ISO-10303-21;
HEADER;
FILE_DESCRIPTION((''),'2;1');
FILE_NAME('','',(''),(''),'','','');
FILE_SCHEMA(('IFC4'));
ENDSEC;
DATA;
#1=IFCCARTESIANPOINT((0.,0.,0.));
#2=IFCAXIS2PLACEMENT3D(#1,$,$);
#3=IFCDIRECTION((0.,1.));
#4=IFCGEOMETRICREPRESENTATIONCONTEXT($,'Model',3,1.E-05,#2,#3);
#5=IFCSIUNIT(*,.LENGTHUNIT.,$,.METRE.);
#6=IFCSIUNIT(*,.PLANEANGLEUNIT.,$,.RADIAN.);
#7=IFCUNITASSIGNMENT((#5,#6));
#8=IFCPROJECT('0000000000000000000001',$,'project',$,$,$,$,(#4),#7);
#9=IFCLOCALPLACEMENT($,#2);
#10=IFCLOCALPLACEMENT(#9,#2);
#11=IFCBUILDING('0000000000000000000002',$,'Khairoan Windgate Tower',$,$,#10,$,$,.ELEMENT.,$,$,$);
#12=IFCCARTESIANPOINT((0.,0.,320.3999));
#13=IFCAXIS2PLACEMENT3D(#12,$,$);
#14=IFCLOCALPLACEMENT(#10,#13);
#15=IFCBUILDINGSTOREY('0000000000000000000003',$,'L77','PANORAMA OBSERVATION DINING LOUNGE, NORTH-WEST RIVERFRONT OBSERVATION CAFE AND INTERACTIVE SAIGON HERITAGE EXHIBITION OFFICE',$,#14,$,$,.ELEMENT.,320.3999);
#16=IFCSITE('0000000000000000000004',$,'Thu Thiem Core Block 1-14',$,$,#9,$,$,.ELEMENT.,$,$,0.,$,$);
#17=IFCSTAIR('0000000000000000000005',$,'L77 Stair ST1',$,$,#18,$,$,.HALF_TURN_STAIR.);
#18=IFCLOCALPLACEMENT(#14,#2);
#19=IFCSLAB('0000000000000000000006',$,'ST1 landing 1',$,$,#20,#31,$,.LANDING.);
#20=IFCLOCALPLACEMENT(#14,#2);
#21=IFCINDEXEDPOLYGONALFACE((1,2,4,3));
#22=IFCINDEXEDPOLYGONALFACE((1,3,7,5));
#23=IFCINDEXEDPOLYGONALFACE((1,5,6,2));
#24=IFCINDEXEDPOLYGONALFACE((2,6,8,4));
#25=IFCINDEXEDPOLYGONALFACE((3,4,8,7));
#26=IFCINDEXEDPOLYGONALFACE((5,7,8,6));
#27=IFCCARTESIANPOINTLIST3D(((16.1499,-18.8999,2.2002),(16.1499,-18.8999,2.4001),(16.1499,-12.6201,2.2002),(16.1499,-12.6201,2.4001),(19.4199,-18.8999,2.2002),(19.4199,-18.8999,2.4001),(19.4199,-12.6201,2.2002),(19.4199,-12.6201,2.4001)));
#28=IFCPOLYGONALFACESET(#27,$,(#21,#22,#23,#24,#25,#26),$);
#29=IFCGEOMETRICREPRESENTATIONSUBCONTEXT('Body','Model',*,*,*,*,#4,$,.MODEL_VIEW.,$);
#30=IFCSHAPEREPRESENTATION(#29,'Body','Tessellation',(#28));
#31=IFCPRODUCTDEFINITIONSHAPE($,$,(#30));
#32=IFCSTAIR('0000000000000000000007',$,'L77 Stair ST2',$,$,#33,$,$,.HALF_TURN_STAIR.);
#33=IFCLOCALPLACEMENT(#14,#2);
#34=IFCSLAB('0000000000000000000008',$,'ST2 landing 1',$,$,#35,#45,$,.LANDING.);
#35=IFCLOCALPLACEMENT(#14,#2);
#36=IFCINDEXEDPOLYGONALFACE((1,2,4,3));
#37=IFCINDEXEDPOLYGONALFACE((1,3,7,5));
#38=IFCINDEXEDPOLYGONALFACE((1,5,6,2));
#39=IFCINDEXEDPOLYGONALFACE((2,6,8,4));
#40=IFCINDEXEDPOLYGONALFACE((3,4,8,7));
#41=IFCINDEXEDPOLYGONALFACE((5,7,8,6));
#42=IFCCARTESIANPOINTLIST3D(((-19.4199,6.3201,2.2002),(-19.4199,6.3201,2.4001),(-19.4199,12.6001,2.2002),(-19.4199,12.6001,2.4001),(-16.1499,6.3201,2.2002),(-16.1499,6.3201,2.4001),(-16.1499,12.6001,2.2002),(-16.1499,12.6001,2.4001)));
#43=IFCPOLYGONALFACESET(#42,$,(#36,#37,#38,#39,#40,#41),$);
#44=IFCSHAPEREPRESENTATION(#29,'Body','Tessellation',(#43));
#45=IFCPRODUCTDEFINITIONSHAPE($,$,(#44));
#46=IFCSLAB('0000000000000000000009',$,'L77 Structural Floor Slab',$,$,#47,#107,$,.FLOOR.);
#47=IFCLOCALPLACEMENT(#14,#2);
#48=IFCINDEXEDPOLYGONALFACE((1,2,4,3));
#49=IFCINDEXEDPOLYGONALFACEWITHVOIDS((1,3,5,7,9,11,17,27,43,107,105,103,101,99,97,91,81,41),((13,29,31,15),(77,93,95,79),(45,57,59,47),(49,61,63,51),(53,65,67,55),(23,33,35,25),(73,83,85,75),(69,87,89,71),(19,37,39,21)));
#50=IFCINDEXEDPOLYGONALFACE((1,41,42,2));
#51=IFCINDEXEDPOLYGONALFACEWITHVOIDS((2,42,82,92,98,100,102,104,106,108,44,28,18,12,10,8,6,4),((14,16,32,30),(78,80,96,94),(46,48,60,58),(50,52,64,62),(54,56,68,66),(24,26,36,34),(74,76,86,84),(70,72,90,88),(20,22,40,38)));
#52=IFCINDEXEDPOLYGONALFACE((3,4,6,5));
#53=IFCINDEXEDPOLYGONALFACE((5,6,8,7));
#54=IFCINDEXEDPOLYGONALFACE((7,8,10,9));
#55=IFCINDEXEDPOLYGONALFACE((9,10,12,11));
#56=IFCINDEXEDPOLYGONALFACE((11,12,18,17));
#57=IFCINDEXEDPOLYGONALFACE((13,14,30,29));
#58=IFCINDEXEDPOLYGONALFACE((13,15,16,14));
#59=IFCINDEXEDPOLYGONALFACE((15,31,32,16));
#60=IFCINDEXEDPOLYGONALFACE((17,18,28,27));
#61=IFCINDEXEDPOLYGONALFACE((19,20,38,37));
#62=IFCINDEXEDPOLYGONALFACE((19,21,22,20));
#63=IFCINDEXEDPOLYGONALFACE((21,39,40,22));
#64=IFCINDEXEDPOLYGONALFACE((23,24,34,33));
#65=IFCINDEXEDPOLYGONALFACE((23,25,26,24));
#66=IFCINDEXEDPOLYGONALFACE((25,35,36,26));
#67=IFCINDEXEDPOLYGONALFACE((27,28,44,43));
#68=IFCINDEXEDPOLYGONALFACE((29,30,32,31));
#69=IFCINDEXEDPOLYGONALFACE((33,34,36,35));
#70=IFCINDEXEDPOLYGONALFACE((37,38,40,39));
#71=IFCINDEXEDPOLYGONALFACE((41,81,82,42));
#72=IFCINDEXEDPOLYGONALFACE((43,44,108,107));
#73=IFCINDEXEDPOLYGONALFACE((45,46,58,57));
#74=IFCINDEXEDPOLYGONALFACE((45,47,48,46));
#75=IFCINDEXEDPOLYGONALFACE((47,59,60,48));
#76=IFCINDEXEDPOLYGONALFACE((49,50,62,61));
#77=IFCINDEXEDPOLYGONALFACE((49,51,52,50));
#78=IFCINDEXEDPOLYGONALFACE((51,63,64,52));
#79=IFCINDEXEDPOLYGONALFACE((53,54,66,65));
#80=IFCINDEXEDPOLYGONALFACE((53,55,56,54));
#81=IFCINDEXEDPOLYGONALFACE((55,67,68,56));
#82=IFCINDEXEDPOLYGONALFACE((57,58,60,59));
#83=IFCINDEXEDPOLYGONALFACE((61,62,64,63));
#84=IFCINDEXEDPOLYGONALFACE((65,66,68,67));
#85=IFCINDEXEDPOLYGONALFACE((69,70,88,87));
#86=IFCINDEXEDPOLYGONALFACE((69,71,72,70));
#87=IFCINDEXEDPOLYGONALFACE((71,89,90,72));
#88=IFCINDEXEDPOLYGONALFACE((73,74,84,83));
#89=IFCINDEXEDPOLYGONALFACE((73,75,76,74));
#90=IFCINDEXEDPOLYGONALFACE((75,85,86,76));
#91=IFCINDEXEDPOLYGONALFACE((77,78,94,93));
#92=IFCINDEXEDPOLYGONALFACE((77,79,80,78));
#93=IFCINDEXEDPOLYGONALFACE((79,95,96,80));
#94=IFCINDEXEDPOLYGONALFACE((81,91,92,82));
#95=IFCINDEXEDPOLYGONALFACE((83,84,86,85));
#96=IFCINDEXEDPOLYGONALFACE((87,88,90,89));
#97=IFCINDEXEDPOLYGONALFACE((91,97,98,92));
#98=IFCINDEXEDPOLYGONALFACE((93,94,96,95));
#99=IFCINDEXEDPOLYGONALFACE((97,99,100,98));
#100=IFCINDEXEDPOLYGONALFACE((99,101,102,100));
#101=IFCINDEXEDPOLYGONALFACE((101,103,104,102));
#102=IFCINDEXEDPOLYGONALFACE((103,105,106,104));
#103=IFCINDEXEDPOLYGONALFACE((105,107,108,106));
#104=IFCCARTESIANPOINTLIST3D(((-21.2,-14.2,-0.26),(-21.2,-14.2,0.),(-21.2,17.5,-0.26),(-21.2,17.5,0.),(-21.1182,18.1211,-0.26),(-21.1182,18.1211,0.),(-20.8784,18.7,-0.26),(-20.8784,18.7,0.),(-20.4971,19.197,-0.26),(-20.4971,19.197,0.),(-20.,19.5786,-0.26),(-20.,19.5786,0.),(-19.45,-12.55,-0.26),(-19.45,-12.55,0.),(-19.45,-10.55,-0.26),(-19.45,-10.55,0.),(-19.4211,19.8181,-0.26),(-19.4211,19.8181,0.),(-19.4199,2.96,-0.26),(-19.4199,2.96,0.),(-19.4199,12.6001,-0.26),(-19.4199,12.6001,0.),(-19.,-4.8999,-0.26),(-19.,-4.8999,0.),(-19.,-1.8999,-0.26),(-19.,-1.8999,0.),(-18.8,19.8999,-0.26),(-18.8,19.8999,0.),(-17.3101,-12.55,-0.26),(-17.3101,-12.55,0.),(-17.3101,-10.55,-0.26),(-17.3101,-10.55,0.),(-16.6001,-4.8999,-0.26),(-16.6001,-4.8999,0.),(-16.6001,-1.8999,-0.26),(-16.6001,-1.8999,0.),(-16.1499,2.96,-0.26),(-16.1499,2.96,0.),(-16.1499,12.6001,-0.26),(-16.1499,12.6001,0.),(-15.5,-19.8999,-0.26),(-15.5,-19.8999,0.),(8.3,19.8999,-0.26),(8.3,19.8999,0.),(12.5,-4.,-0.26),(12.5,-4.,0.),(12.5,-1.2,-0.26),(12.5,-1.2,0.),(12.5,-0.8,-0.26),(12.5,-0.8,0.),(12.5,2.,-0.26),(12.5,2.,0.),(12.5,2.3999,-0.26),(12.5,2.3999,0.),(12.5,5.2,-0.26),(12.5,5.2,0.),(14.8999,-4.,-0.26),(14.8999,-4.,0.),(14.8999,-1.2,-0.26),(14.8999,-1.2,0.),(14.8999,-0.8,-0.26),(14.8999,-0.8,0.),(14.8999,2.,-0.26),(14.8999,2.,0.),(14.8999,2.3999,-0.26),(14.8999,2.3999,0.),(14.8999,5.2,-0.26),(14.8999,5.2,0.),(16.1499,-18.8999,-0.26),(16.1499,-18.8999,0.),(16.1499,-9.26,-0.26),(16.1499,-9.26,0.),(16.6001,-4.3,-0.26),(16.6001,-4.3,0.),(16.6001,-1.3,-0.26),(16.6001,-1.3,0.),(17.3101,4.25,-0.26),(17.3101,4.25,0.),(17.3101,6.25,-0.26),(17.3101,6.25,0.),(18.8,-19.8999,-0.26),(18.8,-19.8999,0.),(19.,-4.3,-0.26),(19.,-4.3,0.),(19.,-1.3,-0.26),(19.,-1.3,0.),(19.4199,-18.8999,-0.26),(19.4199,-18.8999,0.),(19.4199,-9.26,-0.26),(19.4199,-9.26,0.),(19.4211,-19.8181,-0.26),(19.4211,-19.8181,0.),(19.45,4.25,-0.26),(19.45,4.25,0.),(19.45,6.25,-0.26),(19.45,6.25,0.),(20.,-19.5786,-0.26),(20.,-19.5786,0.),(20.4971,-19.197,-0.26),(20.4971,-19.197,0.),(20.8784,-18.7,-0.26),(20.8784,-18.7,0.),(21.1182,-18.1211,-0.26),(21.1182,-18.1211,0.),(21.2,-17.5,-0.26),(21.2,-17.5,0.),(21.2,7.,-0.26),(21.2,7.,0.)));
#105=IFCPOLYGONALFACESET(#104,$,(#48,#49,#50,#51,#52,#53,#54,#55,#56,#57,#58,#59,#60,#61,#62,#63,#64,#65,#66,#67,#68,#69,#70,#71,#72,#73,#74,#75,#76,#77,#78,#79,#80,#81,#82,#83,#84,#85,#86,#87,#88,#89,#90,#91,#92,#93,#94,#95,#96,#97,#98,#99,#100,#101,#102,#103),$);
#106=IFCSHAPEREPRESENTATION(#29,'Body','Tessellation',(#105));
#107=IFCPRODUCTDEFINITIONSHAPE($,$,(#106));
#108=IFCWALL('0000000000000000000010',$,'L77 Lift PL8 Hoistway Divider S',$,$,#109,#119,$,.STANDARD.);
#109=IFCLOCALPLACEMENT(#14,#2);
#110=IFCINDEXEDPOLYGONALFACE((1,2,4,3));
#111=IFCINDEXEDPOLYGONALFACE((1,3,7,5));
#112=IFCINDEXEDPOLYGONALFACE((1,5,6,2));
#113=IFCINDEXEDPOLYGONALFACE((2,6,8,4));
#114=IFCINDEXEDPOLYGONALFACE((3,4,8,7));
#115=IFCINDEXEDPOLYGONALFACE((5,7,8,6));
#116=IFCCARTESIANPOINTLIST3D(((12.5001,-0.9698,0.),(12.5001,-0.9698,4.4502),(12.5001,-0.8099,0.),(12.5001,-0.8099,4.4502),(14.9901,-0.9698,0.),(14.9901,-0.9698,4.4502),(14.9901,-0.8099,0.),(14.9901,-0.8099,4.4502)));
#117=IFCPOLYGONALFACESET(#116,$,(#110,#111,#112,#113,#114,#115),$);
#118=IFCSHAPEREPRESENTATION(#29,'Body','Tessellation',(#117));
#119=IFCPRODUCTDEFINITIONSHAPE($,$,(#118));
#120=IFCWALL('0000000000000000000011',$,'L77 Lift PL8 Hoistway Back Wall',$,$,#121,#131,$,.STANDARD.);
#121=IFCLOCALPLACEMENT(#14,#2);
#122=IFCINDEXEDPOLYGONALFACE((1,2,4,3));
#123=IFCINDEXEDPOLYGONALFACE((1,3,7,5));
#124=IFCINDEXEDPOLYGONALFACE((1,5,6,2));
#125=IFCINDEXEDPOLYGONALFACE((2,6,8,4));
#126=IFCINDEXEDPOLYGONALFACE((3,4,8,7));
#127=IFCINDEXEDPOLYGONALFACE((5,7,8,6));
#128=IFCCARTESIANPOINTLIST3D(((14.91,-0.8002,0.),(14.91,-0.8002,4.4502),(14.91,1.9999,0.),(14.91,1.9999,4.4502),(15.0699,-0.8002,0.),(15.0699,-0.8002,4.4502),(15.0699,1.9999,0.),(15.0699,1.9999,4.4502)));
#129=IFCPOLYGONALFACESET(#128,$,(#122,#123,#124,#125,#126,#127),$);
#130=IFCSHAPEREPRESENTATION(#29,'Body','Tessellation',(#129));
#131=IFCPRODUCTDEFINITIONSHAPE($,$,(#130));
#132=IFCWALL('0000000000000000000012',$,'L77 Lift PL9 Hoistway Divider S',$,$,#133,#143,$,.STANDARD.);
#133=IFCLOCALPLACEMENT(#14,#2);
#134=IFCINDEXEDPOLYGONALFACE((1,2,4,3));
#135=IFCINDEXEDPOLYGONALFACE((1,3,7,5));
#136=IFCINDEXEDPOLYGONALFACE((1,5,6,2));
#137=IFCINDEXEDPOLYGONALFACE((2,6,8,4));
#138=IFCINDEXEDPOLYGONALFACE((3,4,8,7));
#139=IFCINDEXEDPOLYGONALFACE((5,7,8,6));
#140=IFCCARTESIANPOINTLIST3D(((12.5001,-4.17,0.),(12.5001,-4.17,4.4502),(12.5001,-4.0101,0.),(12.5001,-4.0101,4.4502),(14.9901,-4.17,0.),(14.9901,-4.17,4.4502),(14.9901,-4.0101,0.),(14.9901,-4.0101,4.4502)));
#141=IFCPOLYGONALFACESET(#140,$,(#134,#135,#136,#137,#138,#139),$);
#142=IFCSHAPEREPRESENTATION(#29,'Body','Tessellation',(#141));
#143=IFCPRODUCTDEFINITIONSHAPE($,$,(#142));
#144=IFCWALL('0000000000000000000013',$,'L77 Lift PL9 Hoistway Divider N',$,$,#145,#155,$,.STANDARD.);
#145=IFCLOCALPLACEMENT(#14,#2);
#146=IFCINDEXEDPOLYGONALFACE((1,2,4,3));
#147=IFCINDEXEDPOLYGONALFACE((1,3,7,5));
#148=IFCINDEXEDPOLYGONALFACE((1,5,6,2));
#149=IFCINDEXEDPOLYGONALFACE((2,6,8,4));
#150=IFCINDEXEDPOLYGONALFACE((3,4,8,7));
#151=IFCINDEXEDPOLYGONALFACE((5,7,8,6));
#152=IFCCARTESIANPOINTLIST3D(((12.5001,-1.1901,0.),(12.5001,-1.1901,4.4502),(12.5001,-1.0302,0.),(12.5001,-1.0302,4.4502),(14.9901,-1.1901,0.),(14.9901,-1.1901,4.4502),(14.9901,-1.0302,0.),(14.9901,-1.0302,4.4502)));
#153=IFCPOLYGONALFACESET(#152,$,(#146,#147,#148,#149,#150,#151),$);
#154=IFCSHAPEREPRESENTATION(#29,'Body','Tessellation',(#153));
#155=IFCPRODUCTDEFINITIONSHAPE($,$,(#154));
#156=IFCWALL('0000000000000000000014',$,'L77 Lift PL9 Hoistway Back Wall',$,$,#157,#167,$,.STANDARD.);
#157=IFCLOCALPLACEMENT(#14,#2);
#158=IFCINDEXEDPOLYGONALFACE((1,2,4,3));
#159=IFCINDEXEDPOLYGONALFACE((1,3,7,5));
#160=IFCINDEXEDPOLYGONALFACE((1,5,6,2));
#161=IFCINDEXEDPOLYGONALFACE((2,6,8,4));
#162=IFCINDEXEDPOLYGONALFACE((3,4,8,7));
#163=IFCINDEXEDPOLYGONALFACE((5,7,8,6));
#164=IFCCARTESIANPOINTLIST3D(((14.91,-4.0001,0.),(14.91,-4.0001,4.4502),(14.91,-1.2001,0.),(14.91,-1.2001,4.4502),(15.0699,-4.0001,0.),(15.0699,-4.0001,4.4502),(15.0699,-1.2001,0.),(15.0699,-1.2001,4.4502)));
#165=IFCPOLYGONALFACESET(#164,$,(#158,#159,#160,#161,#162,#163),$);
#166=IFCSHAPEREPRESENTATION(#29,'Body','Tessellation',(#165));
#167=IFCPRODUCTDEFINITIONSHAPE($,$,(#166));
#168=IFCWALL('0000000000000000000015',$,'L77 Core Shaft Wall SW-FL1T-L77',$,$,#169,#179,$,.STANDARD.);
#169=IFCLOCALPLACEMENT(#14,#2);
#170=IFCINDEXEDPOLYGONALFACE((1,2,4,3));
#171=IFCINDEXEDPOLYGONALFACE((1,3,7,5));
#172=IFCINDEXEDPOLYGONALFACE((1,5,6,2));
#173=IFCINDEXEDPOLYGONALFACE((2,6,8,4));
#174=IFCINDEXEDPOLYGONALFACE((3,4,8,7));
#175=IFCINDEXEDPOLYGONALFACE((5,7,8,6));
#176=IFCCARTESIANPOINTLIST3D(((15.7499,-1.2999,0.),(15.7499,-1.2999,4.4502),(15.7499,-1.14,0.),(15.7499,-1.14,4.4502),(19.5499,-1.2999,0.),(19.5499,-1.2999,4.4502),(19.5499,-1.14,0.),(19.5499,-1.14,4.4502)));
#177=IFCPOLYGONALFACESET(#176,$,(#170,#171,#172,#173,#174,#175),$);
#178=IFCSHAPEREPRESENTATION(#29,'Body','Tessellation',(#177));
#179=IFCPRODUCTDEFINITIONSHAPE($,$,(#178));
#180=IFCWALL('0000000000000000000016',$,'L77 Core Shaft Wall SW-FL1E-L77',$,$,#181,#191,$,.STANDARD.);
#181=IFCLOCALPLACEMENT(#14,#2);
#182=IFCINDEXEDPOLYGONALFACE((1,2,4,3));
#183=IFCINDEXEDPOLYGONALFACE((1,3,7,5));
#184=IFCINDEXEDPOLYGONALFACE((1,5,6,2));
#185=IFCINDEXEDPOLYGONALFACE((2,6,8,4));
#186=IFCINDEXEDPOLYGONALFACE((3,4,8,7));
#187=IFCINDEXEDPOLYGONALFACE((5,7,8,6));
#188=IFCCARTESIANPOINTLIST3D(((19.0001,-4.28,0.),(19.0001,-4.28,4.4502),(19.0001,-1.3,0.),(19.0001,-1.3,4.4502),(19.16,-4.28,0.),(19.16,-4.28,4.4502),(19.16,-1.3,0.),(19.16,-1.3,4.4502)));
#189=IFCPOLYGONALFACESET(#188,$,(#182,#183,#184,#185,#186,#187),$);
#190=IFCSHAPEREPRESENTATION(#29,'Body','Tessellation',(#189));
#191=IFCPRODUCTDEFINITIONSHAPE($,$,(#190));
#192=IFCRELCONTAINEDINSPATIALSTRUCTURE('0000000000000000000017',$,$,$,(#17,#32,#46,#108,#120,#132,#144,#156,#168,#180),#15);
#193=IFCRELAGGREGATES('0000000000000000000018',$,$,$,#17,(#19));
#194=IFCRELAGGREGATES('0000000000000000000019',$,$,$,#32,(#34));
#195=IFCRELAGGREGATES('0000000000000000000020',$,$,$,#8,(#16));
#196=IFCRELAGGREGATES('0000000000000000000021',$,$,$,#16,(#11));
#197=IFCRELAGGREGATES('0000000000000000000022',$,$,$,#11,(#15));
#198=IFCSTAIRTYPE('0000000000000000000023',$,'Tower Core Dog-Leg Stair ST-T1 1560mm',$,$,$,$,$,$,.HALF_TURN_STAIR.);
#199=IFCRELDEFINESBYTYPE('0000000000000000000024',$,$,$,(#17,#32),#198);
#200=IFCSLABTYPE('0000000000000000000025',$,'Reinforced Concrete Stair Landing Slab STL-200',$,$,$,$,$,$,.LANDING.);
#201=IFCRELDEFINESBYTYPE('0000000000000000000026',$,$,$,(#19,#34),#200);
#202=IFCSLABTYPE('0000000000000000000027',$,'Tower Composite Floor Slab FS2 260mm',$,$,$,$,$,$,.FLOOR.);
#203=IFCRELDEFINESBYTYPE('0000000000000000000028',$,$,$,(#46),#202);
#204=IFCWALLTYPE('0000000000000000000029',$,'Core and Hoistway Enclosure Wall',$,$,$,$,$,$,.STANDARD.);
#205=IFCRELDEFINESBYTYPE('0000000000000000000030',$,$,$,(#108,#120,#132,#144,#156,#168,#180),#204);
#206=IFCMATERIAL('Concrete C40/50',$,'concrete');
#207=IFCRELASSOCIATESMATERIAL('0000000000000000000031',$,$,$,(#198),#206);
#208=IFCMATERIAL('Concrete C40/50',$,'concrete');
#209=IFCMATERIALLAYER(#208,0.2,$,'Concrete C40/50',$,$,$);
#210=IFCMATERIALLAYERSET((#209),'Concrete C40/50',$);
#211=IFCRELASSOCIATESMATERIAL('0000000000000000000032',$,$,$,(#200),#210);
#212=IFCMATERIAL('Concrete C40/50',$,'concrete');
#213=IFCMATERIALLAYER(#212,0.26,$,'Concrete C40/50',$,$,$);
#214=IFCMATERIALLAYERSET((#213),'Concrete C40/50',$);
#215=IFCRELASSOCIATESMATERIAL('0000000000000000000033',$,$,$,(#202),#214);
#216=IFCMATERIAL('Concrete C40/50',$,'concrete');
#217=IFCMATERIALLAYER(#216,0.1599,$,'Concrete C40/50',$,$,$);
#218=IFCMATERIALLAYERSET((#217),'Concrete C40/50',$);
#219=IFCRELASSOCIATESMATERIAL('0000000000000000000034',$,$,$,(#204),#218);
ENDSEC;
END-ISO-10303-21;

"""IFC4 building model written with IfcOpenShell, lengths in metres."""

from ifc_helpers import new_model, si_unit, direction, frame, frame_2d, origin, place, context, subcontext, project, spatial, polyline, rectangle, outline, extrude, material, layer, layer_set, type_object, element, aggregate, save


model = new_model("IFC4")

# Units and contexts
model_context = context("Model", 3, precision=1e-05, world=origin(), true_north=direction((0.0, 1.0)))
body_context = subcontext(model_context, "Body", "Model", "MODEL_VIEW")
ifc_project = project(units=[si_unit("LENGTHUNIT", "METRE"), si_unit("PLANEANGLEUNIT", "RADIAN")], contexts=[model_context])

# Site, building, storey
site_placement = place(None, origin())
site = spatial("IfcSite", under=ifc_project, at=site_placement, Name="Thu Thiem Core Block 1-14", CompositionType="ELEMENT", RefElevation=0.0)
building_placement = place(site_placement, origin())
building = spatial("IfcBuilding", under=site, at=building_placement, Name="Khairoan Windgate Tower", CompositionType="ELEMENT")
storey_placement = place(building_placement, frame((0.0, 0.0, 320.3999)))
storey = spatial("IfcBuildingStorey", under=building, at=storey_placement, Name="L77", Description="PANORAMA OBSERVATION DINING LOUNGE, NORTH-WEST RIVERFRONT OBSERVATION CAFE AND INTERACTIVE SAIGON HERITAGE EXHIBITION OFFICE", CompositionType="ELEMENT", Elevation=320.3999)

# Stairs, slabs
ifc_material_1 = material(Name="Concrete C40/50", Category="concrete")
stair_type = type_object("IfcStairType", Name="Tower Core Dog-Leg Stair ST-T1 1560mm", PredefinedType="HALF_TURN_STAIR", material=ifc_material_1)
stair_1_placement = place(storey_placement, origin())
stair_1 = element("IfcStair", 1, at=stair_1_placement, inside=storey, type_object=stair_type, Name="L77 Stair ST1", PredefinedType="HALF_TURN_STAIR")
ifc_material_2 = material(Name="Concrete C40/50", Category="concrete")
ifc_layer_1 = layer(ifc_material_2, 0.2, Name="Concrete C40/50")
ifc_layer_set_1 = layer_set([ifc_layer_1], Name="Concrete C40/50")
slab_type_1 = type_object("IfcSlabType", Name="Reinforced Concrete Stair Landing Slab STL-200", PredefinedType="LANDING", material=ifc_layer_set_1)
slab_1_placement = place(storey_placement, frame((0.0, 0.0, 2.2002)))
slab_1 = element("IfcSlab", 2, at=slab_1_placement, type_object=slab_type_1, Name="ST1 landing 1", PredefinedType="LANDING", context=body_context, shape_type="SweptSolid", body=[
    extrude(outline(polyline([(16.1499, -12.6201), (16.1499, -18.8999), (19.4199, -18.8999), (19.4199, -12.6201), (16.1499, -12.6201)])), origin(), (0.0, 0.0, 1.0), 0.2),
])
aggregate(stair_1, [slab_1])
stair_2_placement = place(storey_placement, origin())
stair_2 = element("IfcStair", 3, at=stair_2_placement, inside=storey, type_object=stair_type, Name="L77 Stair ST2", PredefinedType="HALF_TURN_STAIR")
slab_2_placement = place(storey_placement, frame((0.0, 0.0, 2.2002)))
slab_2 = element("IfcSlab", 4, at=slab_2_placement, type_object=slab_type_1, Name="ST2 landing 1", PredefinedType="LANDING", context=body_context, shape_type="SweptSolid", body=[
    extrude(outline(polyline([(-16.1499, 6.3201), (-16.1499, 12.6001), (-19.4199, 12.6001), (-19.4199, 6.3201), (-16.1499, 6.3201)])), origin(), (0.0, 0.0, 1.0), 0.2),
])
aggregate(stair_2, [slab_2])

# Slab
ifc_material_3 = material(Name="Concrete C40/50", Category="concrete")
ifc_layer_2 = layer(ifc_material_3, 0.26, Name="Concrete C40/50")
ifc_layer_set_2 = layer_set([ifc_layer_2], Name="Concrete C40/50")
slab_type_2 = type_object("IfcSlabType", Name="Tower Composite Floor Slab FS2 260mm", PredefinedType="FLOOR", material=ifc_layer_set_2)
slab_3_placement = place(storey_placement, frame((0.0, 0.0, -0.26)))
element("IfcSlab", 5, at=slab_3_placement, inside=storey, type_object=slab_type_2, Name="L77 Structural Floor Slab", PredefinedType="FLOOR", context=body_context, shape_type="SweptSolid", body=[
    extrude(outline(polyline([(18.8, -19.8999), (19.4211, -19.8181), (20.0, -19.5786), (20.4971, -19.197), (20.8784, -18.7), (21.1182, -18.1211), (21.2, -17.5), (21.2, 7.0), (8.3, 19.8999), (-18.8, 19.8999), (-19.4211, 19.8181), (-20.0, 19.5786), (-20.4971, 19.197), (-20.8784, 18.7), (-21.1182, 18.1211), (-21.2, 17.5), (-21.2, -14.2), (-15.5, -19.8999), (18.8, -19.8999)]), holes=[polyline([(16.1499, -9.26), (16.1499, -18.8999), (19.4199, -18.8999), (19.4199, -9.26), (16.1499, -9.26)]), polyline([(-16.1499, 2.96), (-16.1499, 12.6001), (-19.4199, 12.6001), (-19.4199, 2.96), (-16.1499, 2.96)]), polyline([(12.5, 2.3999), (14.8999, 2.3999), (14.8999, 5.2), (12.5, 5.2), (12.5, 2.3999)]), polyline([(12.5, -0.8), (14.8999, -0.8), (14.8999, 2.0), (12.5, 2.0), (12.5, -0.8)]), polyline([(12.5, -4.0), (14.8999, -4.0), (14.8999, -1.2), (12.5, -1.2), (12.5, -4.0)]), polyline([(16.6001, -4.3), (19.0, -4.3), (19.0, -1.3), (16.6001, -1.3), (16.6001, -4.3)]), polyline([(-19.0, -4.8999), (-16.6001, -4.8999), (-16.6001, -1.8999), (-19.0, -1.8999), (-19.0, -4.8999)]), polyline([(-19.45, -12.55), (-17.3101, -12.55), (-17.3101, -10.55), (-19.45, -10.55), (-19.45, -12.55)]), polyline([(17.3101, 4.25), (19.45, 4.25), (19.45, 6.25), (17.3101, 6.25), (17.3101, 4.25)])]), origin(), (0.0, 0.0, 1.0), 0.26),
])

# Walls
ifc_material_4 = material(Name="Concrete C40/50", Category="concrete")
ifc_layer_3 = layer(ifc_material_4, 0.1599, Name="Concrete C40/50")
ifc_layer_set_3 = layer_set([ifc_layer_3], Name="Concrete C40/50")
wall_type_1 = type_object("IfcWallType", Name="Core and Hoistway Enclosure Wall", PredefinedType="STANDARD", material=ifc_layer_set_3)
wall_1_placement = place(storey_placement, frame((12.5, -0.8899, 0.0), z_axis=(0.0, 0.0, 1.0), x_axis=(1.0, 0.0, 0.0)))
element("IfcWall", 6, at=wall_1_placement, inside=storey, type_object=wall_type_1, Name="L77 Lift PL8 Hoistway Divider S", PredefinedType="STANDARD", context=body_context, shape_type="SweptSolid", body=[
    extrude(rectangle(XDim=2.49, YDim=0.1599, at=frame_2d((1.2451, 0.0))), origin(), (0.0, 0.0, 1.0), 4.4502),
])
wall_2_placement = place(storey_placement, frame((14.99, -0.8, 0.0), z_axis=(0.0, 0.0, 1.0), x_axis=(0.0, 1.0, 0.0)))
element("IfcWall", 7, at=wall_2_placement, inside=storey, type_object=wall_type_1, Name="L77 Lift PL8 Hoistway Back Wall", PredefinedType="STANDARD", context=body_context, shape_type="SweptSolid", body=[
    extrude(rectangle(XDim=2.8, YDim=0.1599, at=frame_2d((1.3999, 0.0))), origin(), (0.0, 0.0, 1.0), 4.4502),
])
for number, where, z_axis, x_axis, name in (
    (8, (12.5, -4.0901, 0.0), (0.0, 0.0, 1.0), (1.0, 0.0, 0.0), "L77 Lift PL9 Hoistway Divider S"),
    (9, (12.5, -1.1101, 0.0), (0.0, 0.0, 1.0), (1.0, 0.0, 0.0), "L77 Lift PL9 Hoistway Divider N"),
):
    element("IfcWall", number, at=place(storey_placement, frame(where, z_axis=z_axis, x_axis=x_axis)), inside=storey, type_object=wall_type_1, Name=name, PredefinedType="STANDARD", context=body_context, shape_type="SweptSolid", body=[
        extrude(rectangle(XDim=2.49, YDim=0.1599, at=frame_2d((1.2451, 0.0))), origin(), (0.0, 0.0, 1.0), 4.4502),
    ])
wall_3_placement = place(storey_placement, frame((14.99, -4.0, 0.0), z_axis=(0.0, 0.0, 1.0), x_axis=(0.0, 1.0, 0.0)))
element("IfcWall", 10, at=wall_3_placement, inside=storey, type_object=wall_type_1, Name="L77 Lift PL9 Hoistway Back Wall", PredefinedType="STANDARD", context=body_context, shape_type="SweptSolid", body=[
    extrude(rectangle(XDim=2.8, YDim=0.1599, at=frame_2d((1.3999, 0.0))), origin(), (0.0, 0.0, 1.0), 4.4502),
])
wall_4_placement = place(storey_placement, frame((15.75, -1.22, 0.0), z_axis=(0.0, 0.0, 1.0), x_axis=(1.0, 0.0, 0.0)))
element("IfcWall", 11, at=wall_4_placement, inside=storey, type_object=wall_type_1, Name="L77 Core Shaft Wall SW-FL1T-L77", PredefinedType="STANDARD", context=body_context, shape_type="SweptSolid", body=[
    extrude(rectangle(XDim=3.8, YDim=0.1599, at=frame_2d((1.8999, 0.0))), origin(), (0.0, 0.0, 1.0), 4.4502),
])
wall_5_placement = place(storey_placement, frame((19.0801, -4.28, 0.0), z_axis=(0.0, 0.0, 1.0), x_axis=(0.0, 1.0, 0.0)))
element("IfcWall", 12, at=wall_5_placement, inside=storey, type_object=wall_type_1, Name="L77 Core Shaft Wall SW-FL1E-L77", PredefinedType="STANDARD", context=body_context, shape_type="SweptSolid", body=[
    extrude(rectangle(XDim=2.98, YDim=0.1599, at=frame_2d((1.49, 0.0))), origin(), (0.0, 0.0, 1.0), 4.4502),
])

save(model, "model.ifc")
